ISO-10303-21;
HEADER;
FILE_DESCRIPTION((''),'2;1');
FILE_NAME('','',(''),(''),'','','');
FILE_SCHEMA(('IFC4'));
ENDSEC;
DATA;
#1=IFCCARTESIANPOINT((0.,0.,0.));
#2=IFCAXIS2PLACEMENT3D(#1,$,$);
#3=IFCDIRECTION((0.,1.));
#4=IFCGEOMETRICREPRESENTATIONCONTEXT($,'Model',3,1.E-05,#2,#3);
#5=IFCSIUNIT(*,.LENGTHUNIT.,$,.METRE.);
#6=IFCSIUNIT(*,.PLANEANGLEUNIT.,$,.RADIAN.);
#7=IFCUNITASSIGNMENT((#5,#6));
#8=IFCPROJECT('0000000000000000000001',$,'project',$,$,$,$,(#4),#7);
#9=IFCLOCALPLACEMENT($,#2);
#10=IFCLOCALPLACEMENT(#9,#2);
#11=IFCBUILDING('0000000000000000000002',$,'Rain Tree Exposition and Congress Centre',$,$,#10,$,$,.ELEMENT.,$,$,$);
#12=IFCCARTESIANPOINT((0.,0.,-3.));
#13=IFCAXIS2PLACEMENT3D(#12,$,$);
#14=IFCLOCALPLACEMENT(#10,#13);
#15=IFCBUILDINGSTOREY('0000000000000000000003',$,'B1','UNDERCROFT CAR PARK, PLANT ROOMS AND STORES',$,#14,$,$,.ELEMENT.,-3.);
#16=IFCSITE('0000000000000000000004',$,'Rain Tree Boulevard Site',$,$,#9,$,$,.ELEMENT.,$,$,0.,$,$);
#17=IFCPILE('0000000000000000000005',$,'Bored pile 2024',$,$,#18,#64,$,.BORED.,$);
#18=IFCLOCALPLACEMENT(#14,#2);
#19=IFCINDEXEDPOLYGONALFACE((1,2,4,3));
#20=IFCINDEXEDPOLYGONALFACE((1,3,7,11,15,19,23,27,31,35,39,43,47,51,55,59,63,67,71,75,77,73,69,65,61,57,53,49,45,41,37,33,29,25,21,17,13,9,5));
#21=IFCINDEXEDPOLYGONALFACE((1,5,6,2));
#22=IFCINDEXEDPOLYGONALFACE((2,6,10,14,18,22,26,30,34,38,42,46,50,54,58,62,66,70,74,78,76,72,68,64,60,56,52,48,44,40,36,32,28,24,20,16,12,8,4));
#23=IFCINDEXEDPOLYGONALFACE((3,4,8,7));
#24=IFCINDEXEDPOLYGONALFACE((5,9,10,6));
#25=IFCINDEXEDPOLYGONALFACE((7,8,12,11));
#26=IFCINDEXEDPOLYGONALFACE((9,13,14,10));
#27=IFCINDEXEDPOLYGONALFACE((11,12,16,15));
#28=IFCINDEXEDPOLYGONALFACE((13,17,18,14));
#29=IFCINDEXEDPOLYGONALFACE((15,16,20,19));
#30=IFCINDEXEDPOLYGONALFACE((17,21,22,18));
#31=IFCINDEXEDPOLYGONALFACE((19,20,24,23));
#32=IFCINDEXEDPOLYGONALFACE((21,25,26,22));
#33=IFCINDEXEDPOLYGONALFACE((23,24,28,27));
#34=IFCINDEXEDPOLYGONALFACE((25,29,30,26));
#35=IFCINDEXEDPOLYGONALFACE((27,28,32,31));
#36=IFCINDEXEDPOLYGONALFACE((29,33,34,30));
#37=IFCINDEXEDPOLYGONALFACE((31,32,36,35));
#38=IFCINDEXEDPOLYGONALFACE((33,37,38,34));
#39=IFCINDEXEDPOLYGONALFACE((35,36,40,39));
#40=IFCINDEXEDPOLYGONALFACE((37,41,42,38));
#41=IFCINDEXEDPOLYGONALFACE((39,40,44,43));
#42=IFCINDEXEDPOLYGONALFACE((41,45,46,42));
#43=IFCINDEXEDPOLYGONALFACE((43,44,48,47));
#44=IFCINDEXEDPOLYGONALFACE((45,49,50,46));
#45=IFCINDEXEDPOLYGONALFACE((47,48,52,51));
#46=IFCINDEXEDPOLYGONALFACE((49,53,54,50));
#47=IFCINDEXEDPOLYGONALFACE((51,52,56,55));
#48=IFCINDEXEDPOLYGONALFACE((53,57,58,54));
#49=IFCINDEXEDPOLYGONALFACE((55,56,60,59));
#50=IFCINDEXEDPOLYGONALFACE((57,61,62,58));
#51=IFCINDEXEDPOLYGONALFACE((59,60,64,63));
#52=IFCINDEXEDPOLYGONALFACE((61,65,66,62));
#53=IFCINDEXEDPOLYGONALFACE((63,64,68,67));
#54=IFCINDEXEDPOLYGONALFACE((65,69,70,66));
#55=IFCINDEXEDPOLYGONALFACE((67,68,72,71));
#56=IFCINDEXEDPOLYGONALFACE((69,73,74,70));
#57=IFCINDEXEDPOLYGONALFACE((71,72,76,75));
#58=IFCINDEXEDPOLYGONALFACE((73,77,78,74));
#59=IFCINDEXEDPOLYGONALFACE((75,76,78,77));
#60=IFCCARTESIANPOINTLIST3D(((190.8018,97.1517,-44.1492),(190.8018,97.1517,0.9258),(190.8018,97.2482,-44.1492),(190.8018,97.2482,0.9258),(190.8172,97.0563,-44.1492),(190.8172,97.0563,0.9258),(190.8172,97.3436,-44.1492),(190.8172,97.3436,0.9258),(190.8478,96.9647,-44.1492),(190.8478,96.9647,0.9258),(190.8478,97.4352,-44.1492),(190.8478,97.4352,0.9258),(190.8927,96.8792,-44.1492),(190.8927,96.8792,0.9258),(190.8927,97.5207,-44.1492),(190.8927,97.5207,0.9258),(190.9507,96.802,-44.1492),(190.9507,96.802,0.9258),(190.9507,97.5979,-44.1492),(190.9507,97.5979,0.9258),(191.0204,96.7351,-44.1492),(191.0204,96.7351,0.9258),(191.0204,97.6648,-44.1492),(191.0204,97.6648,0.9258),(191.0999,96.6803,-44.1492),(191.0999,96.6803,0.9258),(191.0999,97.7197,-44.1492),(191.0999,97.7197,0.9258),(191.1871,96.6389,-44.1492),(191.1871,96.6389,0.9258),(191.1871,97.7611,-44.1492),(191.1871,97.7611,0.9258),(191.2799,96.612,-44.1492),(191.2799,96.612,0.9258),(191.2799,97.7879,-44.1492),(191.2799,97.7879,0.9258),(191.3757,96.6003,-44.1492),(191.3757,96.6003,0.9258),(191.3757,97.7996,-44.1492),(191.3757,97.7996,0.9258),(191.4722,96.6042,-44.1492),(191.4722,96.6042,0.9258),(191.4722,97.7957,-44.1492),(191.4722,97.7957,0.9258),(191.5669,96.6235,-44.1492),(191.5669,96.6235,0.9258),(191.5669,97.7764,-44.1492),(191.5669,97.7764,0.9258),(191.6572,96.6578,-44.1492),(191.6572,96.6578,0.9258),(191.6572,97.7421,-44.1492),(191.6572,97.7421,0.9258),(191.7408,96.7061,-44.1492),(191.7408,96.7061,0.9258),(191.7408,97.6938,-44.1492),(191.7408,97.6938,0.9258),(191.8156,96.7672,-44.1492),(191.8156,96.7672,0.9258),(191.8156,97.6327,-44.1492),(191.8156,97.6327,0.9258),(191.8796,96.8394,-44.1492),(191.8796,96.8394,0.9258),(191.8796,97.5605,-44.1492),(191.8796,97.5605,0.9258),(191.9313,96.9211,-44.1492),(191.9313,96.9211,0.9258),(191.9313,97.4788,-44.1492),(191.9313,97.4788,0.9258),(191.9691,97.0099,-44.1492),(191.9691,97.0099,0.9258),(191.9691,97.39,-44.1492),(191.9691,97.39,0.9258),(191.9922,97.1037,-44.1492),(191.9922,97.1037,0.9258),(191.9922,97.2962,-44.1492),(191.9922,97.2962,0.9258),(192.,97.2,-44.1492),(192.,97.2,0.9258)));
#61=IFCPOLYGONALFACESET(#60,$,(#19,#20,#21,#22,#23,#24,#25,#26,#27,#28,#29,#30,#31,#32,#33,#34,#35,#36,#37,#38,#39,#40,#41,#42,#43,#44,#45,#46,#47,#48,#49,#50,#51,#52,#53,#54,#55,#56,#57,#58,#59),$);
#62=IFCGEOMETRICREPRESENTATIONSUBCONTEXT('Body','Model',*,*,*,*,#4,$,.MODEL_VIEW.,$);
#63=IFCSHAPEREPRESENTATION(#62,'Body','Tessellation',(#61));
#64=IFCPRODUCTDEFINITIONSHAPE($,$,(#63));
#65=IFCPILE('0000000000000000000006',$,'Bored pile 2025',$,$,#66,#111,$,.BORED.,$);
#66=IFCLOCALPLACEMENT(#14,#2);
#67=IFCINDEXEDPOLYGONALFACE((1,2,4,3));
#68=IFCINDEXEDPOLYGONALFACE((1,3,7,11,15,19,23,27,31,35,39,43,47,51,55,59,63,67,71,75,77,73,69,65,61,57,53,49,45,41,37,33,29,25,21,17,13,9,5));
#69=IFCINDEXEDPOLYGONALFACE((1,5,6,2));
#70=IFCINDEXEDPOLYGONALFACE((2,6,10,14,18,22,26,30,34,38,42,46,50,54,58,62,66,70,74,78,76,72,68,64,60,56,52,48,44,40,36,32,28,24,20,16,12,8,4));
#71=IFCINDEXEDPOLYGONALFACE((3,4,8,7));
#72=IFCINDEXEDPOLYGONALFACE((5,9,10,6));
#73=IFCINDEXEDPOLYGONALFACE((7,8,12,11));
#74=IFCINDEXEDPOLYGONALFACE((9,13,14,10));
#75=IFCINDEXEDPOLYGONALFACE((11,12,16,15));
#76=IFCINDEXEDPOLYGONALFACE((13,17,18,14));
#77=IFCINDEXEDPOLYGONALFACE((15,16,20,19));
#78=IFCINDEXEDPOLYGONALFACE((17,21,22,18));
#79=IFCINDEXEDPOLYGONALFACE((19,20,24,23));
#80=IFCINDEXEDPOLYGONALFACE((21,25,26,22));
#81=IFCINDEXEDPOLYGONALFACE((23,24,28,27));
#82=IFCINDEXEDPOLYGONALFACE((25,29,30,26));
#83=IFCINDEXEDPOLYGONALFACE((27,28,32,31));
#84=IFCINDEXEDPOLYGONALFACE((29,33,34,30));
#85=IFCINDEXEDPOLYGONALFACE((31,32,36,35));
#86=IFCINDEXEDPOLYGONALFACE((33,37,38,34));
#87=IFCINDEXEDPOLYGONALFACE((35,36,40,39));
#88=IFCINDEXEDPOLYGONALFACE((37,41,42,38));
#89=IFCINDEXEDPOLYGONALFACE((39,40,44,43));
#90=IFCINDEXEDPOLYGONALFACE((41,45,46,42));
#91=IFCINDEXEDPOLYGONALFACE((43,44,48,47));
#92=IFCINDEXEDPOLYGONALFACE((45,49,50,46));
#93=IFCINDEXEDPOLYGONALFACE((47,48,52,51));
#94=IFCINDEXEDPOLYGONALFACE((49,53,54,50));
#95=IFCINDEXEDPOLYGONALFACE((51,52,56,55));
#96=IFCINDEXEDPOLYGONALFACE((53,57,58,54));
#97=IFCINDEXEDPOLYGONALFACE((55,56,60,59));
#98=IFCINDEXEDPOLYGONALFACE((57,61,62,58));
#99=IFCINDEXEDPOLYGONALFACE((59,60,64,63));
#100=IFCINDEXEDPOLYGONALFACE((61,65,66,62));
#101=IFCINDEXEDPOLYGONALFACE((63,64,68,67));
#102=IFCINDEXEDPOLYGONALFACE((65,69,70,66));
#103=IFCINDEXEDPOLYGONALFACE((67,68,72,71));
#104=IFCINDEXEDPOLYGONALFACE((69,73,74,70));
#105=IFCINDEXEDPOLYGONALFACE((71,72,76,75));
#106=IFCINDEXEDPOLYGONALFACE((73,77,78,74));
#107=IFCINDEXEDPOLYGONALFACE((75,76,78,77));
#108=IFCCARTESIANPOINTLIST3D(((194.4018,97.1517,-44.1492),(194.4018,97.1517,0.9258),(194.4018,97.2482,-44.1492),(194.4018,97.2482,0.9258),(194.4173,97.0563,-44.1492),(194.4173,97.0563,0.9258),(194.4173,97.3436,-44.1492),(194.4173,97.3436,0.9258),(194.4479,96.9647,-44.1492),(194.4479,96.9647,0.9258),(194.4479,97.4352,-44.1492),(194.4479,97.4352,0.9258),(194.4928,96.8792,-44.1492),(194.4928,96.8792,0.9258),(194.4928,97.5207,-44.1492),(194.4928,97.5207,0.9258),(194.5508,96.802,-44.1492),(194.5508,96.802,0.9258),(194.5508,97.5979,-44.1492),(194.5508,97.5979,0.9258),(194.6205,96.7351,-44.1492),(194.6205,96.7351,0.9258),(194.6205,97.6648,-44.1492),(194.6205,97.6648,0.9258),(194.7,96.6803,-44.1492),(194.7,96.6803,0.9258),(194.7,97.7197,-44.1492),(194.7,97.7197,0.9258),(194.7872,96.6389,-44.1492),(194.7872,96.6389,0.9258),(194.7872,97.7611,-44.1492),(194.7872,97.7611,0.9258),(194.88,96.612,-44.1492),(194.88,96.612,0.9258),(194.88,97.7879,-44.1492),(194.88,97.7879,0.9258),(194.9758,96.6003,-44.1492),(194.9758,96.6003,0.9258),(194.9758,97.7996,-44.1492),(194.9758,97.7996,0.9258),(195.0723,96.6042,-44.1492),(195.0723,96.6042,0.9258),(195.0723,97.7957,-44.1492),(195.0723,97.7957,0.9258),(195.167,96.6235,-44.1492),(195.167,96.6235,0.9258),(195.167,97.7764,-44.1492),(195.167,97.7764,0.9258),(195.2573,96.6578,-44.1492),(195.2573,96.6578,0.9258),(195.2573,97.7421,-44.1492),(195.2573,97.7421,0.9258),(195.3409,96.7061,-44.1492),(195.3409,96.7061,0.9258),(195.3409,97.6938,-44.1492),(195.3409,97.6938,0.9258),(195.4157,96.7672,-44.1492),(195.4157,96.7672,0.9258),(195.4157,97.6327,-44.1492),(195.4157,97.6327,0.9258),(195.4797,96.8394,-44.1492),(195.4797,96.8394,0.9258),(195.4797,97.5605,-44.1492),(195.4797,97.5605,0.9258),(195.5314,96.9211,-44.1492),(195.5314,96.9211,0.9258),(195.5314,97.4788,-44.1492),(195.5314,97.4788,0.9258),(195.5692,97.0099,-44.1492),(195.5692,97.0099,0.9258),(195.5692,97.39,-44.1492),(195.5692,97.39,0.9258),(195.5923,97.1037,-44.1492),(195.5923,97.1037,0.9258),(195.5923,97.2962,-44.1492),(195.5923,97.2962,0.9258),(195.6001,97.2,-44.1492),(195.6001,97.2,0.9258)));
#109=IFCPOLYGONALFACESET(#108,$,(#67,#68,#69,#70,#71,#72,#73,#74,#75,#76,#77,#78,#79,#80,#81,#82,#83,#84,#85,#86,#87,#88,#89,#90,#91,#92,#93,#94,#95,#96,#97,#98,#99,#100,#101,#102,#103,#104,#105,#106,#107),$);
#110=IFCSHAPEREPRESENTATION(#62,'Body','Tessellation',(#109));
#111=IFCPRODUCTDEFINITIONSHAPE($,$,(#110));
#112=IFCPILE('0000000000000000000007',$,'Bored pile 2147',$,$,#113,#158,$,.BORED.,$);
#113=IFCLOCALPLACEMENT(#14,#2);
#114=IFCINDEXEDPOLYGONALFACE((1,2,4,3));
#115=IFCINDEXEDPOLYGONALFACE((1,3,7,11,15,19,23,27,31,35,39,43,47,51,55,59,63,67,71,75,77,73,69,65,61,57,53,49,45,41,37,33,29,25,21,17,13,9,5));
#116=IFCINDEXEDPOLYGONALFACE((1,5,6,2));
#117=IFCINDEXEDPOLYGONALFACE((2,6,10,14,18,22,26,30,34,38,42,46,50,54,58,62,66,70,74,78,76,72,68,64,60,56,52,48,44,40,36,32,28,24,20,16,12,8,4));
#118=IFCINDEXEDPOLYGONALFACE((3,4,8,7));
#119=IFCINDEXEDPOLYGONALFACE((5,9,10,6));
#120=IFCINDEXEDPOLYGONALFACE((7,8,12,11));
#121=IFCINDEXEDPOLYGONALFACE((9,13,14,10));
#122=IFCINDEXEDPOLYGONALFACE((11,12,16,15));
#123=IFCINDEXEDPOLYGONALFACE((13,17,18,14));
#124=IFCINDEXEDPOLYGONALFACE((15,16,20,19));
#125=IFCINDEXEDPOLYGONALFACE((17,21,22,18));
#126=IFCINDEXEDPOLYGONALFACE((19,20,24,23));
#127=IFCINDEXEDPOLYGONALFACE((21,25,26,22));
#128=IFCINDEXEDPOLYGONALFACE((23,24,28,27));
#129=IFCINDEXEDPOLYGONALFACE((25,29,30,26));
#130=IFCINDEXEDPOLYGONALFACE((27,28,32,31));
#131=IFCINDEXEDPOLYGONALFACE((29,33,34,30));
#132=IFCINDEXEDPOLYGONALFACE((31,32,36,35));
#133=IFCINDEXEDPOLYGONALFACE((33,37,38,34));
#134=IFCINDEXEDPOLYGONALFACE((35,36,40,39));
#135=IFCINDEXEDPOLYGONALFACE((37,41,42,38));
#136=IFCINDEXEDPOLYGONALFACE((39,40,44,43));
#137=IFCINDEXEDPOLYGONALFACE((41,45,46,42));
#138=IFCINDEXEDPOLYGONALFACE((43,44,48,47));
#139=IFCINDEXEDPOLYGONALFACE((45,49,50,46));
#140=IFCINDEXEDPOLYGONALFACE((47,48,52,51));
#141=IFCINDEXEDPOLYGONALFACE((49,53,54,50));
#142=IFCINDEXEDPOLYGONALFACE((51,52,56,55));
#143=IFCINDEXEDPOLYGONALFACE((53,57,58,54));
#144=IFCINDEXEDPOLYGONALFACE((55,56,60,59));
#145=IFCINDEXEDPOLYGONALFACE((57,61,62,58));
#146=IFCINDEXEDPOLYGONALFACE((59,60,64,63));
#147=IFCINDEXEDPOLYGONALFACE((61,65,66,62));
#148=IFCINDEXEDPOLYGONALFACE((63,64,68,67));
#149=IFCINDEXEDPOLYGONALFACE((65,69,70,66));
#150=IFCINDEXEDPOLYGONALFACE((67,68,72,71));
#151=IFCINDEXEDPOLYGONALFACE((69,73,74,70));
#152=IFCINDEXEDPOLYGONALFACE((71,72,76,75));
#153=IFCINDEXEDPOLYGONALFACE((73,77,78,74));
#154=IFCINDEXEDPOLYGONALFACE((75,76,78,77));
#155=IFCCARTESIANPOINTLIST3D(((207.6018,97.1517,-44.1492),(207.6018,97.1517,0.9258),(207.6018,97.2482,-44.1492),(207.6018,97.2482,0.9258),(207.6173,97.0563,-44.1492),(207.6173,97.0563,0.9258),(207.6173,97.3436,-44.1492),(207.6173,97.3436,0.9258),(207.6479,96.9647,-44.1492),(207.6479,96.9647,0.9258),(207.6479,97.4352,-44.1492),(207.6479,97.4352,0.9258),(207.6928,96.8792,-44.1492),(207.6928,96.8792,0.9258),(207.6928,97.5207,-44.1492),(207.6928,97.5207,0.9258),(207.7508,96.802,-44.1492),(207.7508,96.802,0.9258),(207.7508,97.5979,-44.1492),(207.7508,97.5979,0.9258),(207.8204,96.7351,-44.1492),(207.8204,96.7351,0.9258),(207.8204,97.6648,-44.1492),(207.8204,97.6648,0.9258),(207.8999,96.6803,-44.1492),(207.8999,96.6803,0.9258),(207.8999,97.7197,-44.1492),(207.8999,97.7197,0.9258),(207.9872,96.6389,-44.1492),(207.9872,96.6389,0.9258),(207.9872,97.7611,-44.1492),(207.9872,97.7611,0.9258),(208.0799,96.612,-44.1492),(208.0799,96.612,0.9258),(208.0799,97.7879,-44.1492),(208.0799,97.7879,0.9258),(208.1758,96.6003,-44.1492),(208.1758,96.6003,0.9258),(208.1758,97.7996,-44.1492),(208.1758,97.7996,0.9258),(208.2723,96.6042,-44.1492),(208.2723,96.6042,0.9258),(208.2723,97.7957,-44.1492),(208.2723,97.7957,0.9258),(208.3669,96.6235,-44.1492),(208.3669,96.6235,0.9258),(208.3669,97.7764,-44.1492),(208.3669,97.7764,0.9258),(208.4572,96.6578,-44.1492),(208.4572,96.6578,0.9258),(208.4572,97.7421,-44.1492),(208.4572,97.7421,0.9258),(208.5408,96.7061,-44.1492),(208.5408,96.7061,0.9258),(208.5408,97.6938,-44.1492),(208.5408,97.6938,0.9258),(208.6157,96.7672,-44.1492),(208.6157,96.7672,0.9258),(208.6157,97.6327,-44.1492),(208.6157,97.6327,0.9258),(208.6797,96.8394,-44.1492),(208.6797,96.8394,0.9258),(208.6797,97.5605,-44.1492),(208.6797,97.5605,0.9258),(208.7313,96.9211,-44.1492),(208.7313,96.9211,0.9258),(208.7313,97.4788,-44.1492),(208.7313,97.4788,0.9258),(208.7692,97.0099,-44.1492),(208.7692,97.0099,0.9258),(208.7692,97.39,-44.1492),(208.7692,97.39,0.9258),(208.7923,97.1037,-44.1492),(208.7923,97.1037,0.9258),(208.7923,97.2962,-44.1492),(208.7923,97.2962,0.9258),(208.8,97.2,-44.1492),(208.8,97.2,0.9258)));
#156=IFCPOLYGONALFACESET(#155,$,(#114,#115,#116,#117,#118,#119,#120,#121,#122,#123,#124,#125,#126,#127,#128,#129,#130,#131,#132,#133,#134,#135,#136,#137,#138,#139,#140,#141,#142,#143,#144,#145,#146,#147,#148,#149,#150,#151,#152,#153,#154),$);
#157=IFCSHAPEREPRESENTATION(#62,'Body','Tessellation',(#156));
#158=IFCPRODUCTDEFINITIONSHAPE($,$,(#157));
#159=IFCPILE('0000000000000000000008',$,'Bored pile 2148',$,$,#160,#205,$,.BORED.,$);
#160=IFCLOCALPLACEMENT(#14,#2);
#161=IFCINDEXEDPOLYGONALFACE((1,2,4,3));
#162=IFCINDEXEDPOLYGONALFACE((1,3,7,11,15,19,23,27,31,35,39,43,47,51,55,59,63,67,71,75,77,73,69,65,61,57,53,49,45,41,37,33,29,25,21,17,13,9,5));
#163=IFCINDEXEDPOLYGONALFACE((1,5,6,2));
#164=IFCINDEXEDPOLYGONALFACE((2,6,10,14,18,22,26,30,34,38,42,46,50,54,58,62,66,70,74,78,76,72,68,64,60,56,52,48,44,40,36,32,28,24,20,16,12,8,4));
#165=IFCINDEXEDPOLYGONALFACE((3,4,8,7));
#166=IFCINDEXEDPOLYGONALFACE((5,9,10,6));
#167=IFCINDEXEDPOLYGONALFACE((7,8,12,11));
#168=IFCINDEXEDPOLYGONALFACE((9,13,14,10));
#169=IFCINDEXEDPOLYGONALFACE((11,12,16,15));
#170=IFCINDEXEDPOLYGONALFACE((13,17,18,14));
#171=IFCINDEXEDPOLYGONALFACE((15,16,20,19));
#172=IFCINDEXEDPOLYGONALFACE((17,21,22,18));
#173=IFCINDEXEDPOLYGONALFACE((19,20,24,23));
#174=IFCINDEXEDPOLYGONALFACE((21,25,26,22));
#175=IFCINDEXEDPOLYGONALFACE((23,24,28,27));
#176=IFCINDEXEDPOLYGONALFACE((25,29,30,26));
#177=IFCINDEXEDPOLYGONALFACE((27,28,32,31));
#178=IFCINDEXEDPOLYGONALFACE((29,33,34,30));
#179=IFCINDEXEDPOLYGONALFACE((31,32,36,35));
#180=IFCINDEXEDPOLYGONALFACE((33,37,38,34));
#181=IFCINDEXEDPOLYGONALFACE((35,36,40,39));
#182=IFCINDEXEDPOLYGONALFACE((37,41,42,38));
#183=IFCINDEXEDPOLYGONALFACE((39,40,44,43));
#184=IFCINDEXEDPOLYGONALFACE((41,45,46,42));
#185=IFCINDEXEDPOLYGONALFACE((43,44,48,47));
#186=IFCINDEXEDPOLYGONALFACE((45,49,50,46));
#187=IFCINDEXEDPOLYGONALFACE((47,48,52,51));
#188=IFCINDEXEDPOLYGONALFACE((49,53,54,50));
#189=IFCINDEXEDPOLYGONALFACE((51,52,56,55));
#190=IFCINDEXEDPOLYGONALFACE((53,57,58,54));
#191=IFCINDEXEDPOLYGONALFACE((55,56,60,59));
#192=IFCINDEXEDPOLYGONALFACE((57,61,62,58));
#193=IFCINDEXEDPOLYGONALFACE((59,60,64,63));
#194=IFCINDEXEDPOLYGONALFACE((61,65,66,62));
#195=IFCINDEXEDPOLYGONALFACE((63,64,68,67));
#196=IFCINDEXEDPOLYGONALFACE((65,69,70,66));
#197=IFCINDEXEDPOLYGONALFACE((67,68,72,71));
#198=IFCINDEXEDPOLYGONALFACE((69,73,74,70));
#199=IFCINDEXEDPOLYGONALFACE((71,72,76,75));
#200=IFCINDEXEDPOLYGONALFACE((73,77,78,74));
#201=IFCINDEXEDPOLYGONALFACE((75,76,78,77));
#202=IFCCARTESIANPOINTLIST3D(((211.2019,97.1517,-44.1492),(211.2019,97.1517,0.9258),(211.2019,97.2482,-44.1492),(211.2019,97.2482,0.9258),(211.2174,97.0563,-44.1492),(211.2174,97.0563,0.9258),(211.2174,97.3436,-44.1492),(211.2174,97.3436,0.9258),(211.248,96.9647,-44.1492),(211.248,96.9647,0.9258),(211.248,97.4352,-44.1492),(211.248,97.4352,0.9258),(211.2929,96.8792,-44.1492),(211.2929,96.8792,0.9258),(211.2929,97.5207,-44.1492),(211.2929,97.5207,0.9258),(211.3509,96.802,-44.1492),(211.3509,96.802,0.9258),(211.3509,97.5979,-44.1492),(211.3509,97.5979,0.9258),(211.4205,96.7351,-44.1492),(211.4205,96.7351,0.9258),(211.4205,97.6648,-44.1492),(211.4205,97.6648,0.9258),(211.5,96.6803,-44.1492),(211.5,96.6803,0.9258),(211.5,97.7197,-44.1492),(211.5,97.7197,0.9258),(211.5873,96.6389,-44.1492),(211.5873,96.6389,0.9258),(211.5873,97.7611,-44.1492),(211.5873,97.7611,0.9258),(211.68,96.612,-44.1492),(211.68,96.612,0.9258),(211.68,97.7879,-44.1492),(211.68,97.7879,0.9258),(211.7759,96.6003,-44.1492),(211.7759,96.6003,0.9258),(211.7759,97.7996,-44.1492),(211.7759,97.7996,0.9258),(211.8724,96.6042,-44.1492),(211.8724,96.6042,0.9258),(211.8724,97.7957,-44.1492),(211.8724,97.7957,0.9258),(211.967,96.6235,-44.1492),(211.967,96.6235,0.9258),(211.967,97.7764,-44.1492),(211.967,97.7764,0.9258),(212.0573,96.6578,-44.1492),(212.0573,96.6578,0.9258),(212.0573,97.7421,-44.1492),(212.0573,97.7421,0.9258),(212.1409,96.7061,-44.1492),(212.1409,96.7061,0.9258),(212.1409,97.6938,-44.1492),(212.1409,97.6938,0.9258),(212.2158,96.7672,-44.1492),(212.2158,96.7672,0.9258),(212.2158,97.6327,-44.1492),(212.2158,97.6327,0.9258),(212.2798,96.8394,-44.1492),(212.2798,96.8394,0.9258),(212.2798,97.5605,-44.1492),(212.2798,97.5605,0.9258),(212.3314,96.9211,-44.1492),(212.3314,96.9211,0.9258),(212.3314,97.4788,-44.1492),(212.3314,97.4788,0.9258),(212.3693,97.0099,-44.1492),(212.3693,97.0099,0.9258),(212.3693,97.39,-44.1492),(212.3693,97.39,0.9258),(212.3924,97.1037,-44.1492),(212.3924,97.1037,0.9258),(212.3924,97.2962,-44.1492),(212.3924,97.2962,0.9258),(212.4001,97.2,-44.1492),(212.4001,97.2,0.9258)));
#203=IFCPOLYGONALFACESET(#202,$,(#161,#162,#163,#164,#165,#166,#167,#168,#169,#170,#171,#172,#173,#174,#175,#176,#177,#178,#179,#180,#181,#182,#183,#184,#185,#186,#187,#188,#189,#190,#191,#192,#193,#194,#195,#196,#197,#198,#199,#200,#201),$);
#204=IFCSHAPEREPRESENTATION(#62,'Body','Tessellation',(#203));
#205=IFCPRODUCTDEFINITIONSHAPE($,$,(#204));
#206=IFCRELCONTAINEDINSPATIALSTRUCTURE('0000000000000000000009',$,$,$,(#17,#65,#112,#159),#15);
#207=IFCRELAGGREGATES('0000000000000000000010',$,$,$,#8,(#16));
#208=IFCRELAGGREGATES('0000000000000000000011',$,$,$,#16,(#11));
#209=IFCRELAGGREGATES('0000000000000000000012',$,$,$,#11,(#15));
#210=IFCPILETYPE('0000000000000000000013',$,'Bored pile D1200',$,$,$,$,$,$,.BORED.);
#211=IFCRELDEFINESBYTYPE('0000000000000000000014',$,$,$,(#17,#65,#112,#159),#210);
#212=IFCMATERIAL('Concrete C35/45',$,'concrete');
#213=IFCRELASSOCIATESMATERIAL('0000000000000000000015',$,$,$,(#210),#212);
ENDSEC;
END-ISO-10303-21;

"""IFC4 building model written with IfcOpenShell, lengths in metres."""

from ifc_helpers import new_model, si_unit, direction, frame, origin, origin_2d, place, context, subcontext, project, spatial, circle, extrude, material, material_profile, profile_set, type_object, element, save


model = new_model("IFC4")

# Units and contexts
model_context = context("Model", 3, precision=1e-05, world=origin(), true_north=direction((0.0, 1.0)))
body_context = subcontext(model_context, "Body", "Model", "MODEL_VIEW")
ifc_project = project(units=[si_unit("LENGTHUNIT", "METRE"), si_unit("PLANEANGLEUNIT", "RADIAN")], contexts=[model_context])

# Site, building, storey
site_placement = place(None, origin())
site = spatial("IfcSite", under=ifc_project, at=site_placement, Name="Rain Tree Boulevard Site", CompositionType="ELEMENT", RefElevation=0.0)
building_placement = place(site_placement, origin())
building = spatial("IfcBuilding", under=site, at=building_placement, Name="Rain Tree Exposition and Congress Centre", CompositionType="ELEMENT")
storey_placement = place(building_placement, frame((0.0, 0.0, -3.0)))
storey = spatial("IfcBuildingStorey", under=building, at=storey_placement, Name="B1", Description="UNDERCROFT CAR PARK, PLANT ROOMS AND STORES", CompositionType="ELEMENT", Elevation=-3.0)

# Piles
ifc_material_1 = material(Name="Concrete C35/45", Category="concrete")
ifc_material_profile_1 = material_profile(ifc_material_1, circle(Radius=0.6001, at=origin_2d()), Name="D1200")
ifc_profile_set_1 = profile_set([ifc_material_profile_1], Name="Concrete C35/45")
pile_type_1 = type_object("IfcPileType", Name="Bored pile D1200", PredefinedType="BORED", material=ifc_profile_set_1)
for number, where, z_axis, x_axis, name in (
    (1, (191.3999, 97.2, 0.9258), (0.0, 0.0, -1.0), (1.0, 0.0, 0.0), "Bored pile 2024"),
    (2, (195.0, 97.2, 0.9258), (0.0, 0.0, -1.0), (1.0, 0.0, 0.0), "Bored pile 2025"),
    (3, (208.2, 97.2, 0.9258), (0.0, 0.0, -1.0), (1.0, 0.0, 0.0), "Bored pile 2147"),
    (4, (211.8, 97.2, 0.9258), (0.0, 0.0, -1.0), (1.0, 0.0, 0.0), "Bored pile 2148"),
):
    element("IfcPile", number, at=place(storey_placement, frame(where, z_axis=z_axis, x_axis=x_axis)), inside=storey, type_object=pile_type_1, Name=name, PredefinedType="BORED", context=body_context, shape_type="SweptSolid", body=[
        extrude(circle(Radius=0.6001, at=origin_2d()), origin(), (0.0, 0.0, 1.0), 45.075),
    ])

save(model, "model.ifc")
